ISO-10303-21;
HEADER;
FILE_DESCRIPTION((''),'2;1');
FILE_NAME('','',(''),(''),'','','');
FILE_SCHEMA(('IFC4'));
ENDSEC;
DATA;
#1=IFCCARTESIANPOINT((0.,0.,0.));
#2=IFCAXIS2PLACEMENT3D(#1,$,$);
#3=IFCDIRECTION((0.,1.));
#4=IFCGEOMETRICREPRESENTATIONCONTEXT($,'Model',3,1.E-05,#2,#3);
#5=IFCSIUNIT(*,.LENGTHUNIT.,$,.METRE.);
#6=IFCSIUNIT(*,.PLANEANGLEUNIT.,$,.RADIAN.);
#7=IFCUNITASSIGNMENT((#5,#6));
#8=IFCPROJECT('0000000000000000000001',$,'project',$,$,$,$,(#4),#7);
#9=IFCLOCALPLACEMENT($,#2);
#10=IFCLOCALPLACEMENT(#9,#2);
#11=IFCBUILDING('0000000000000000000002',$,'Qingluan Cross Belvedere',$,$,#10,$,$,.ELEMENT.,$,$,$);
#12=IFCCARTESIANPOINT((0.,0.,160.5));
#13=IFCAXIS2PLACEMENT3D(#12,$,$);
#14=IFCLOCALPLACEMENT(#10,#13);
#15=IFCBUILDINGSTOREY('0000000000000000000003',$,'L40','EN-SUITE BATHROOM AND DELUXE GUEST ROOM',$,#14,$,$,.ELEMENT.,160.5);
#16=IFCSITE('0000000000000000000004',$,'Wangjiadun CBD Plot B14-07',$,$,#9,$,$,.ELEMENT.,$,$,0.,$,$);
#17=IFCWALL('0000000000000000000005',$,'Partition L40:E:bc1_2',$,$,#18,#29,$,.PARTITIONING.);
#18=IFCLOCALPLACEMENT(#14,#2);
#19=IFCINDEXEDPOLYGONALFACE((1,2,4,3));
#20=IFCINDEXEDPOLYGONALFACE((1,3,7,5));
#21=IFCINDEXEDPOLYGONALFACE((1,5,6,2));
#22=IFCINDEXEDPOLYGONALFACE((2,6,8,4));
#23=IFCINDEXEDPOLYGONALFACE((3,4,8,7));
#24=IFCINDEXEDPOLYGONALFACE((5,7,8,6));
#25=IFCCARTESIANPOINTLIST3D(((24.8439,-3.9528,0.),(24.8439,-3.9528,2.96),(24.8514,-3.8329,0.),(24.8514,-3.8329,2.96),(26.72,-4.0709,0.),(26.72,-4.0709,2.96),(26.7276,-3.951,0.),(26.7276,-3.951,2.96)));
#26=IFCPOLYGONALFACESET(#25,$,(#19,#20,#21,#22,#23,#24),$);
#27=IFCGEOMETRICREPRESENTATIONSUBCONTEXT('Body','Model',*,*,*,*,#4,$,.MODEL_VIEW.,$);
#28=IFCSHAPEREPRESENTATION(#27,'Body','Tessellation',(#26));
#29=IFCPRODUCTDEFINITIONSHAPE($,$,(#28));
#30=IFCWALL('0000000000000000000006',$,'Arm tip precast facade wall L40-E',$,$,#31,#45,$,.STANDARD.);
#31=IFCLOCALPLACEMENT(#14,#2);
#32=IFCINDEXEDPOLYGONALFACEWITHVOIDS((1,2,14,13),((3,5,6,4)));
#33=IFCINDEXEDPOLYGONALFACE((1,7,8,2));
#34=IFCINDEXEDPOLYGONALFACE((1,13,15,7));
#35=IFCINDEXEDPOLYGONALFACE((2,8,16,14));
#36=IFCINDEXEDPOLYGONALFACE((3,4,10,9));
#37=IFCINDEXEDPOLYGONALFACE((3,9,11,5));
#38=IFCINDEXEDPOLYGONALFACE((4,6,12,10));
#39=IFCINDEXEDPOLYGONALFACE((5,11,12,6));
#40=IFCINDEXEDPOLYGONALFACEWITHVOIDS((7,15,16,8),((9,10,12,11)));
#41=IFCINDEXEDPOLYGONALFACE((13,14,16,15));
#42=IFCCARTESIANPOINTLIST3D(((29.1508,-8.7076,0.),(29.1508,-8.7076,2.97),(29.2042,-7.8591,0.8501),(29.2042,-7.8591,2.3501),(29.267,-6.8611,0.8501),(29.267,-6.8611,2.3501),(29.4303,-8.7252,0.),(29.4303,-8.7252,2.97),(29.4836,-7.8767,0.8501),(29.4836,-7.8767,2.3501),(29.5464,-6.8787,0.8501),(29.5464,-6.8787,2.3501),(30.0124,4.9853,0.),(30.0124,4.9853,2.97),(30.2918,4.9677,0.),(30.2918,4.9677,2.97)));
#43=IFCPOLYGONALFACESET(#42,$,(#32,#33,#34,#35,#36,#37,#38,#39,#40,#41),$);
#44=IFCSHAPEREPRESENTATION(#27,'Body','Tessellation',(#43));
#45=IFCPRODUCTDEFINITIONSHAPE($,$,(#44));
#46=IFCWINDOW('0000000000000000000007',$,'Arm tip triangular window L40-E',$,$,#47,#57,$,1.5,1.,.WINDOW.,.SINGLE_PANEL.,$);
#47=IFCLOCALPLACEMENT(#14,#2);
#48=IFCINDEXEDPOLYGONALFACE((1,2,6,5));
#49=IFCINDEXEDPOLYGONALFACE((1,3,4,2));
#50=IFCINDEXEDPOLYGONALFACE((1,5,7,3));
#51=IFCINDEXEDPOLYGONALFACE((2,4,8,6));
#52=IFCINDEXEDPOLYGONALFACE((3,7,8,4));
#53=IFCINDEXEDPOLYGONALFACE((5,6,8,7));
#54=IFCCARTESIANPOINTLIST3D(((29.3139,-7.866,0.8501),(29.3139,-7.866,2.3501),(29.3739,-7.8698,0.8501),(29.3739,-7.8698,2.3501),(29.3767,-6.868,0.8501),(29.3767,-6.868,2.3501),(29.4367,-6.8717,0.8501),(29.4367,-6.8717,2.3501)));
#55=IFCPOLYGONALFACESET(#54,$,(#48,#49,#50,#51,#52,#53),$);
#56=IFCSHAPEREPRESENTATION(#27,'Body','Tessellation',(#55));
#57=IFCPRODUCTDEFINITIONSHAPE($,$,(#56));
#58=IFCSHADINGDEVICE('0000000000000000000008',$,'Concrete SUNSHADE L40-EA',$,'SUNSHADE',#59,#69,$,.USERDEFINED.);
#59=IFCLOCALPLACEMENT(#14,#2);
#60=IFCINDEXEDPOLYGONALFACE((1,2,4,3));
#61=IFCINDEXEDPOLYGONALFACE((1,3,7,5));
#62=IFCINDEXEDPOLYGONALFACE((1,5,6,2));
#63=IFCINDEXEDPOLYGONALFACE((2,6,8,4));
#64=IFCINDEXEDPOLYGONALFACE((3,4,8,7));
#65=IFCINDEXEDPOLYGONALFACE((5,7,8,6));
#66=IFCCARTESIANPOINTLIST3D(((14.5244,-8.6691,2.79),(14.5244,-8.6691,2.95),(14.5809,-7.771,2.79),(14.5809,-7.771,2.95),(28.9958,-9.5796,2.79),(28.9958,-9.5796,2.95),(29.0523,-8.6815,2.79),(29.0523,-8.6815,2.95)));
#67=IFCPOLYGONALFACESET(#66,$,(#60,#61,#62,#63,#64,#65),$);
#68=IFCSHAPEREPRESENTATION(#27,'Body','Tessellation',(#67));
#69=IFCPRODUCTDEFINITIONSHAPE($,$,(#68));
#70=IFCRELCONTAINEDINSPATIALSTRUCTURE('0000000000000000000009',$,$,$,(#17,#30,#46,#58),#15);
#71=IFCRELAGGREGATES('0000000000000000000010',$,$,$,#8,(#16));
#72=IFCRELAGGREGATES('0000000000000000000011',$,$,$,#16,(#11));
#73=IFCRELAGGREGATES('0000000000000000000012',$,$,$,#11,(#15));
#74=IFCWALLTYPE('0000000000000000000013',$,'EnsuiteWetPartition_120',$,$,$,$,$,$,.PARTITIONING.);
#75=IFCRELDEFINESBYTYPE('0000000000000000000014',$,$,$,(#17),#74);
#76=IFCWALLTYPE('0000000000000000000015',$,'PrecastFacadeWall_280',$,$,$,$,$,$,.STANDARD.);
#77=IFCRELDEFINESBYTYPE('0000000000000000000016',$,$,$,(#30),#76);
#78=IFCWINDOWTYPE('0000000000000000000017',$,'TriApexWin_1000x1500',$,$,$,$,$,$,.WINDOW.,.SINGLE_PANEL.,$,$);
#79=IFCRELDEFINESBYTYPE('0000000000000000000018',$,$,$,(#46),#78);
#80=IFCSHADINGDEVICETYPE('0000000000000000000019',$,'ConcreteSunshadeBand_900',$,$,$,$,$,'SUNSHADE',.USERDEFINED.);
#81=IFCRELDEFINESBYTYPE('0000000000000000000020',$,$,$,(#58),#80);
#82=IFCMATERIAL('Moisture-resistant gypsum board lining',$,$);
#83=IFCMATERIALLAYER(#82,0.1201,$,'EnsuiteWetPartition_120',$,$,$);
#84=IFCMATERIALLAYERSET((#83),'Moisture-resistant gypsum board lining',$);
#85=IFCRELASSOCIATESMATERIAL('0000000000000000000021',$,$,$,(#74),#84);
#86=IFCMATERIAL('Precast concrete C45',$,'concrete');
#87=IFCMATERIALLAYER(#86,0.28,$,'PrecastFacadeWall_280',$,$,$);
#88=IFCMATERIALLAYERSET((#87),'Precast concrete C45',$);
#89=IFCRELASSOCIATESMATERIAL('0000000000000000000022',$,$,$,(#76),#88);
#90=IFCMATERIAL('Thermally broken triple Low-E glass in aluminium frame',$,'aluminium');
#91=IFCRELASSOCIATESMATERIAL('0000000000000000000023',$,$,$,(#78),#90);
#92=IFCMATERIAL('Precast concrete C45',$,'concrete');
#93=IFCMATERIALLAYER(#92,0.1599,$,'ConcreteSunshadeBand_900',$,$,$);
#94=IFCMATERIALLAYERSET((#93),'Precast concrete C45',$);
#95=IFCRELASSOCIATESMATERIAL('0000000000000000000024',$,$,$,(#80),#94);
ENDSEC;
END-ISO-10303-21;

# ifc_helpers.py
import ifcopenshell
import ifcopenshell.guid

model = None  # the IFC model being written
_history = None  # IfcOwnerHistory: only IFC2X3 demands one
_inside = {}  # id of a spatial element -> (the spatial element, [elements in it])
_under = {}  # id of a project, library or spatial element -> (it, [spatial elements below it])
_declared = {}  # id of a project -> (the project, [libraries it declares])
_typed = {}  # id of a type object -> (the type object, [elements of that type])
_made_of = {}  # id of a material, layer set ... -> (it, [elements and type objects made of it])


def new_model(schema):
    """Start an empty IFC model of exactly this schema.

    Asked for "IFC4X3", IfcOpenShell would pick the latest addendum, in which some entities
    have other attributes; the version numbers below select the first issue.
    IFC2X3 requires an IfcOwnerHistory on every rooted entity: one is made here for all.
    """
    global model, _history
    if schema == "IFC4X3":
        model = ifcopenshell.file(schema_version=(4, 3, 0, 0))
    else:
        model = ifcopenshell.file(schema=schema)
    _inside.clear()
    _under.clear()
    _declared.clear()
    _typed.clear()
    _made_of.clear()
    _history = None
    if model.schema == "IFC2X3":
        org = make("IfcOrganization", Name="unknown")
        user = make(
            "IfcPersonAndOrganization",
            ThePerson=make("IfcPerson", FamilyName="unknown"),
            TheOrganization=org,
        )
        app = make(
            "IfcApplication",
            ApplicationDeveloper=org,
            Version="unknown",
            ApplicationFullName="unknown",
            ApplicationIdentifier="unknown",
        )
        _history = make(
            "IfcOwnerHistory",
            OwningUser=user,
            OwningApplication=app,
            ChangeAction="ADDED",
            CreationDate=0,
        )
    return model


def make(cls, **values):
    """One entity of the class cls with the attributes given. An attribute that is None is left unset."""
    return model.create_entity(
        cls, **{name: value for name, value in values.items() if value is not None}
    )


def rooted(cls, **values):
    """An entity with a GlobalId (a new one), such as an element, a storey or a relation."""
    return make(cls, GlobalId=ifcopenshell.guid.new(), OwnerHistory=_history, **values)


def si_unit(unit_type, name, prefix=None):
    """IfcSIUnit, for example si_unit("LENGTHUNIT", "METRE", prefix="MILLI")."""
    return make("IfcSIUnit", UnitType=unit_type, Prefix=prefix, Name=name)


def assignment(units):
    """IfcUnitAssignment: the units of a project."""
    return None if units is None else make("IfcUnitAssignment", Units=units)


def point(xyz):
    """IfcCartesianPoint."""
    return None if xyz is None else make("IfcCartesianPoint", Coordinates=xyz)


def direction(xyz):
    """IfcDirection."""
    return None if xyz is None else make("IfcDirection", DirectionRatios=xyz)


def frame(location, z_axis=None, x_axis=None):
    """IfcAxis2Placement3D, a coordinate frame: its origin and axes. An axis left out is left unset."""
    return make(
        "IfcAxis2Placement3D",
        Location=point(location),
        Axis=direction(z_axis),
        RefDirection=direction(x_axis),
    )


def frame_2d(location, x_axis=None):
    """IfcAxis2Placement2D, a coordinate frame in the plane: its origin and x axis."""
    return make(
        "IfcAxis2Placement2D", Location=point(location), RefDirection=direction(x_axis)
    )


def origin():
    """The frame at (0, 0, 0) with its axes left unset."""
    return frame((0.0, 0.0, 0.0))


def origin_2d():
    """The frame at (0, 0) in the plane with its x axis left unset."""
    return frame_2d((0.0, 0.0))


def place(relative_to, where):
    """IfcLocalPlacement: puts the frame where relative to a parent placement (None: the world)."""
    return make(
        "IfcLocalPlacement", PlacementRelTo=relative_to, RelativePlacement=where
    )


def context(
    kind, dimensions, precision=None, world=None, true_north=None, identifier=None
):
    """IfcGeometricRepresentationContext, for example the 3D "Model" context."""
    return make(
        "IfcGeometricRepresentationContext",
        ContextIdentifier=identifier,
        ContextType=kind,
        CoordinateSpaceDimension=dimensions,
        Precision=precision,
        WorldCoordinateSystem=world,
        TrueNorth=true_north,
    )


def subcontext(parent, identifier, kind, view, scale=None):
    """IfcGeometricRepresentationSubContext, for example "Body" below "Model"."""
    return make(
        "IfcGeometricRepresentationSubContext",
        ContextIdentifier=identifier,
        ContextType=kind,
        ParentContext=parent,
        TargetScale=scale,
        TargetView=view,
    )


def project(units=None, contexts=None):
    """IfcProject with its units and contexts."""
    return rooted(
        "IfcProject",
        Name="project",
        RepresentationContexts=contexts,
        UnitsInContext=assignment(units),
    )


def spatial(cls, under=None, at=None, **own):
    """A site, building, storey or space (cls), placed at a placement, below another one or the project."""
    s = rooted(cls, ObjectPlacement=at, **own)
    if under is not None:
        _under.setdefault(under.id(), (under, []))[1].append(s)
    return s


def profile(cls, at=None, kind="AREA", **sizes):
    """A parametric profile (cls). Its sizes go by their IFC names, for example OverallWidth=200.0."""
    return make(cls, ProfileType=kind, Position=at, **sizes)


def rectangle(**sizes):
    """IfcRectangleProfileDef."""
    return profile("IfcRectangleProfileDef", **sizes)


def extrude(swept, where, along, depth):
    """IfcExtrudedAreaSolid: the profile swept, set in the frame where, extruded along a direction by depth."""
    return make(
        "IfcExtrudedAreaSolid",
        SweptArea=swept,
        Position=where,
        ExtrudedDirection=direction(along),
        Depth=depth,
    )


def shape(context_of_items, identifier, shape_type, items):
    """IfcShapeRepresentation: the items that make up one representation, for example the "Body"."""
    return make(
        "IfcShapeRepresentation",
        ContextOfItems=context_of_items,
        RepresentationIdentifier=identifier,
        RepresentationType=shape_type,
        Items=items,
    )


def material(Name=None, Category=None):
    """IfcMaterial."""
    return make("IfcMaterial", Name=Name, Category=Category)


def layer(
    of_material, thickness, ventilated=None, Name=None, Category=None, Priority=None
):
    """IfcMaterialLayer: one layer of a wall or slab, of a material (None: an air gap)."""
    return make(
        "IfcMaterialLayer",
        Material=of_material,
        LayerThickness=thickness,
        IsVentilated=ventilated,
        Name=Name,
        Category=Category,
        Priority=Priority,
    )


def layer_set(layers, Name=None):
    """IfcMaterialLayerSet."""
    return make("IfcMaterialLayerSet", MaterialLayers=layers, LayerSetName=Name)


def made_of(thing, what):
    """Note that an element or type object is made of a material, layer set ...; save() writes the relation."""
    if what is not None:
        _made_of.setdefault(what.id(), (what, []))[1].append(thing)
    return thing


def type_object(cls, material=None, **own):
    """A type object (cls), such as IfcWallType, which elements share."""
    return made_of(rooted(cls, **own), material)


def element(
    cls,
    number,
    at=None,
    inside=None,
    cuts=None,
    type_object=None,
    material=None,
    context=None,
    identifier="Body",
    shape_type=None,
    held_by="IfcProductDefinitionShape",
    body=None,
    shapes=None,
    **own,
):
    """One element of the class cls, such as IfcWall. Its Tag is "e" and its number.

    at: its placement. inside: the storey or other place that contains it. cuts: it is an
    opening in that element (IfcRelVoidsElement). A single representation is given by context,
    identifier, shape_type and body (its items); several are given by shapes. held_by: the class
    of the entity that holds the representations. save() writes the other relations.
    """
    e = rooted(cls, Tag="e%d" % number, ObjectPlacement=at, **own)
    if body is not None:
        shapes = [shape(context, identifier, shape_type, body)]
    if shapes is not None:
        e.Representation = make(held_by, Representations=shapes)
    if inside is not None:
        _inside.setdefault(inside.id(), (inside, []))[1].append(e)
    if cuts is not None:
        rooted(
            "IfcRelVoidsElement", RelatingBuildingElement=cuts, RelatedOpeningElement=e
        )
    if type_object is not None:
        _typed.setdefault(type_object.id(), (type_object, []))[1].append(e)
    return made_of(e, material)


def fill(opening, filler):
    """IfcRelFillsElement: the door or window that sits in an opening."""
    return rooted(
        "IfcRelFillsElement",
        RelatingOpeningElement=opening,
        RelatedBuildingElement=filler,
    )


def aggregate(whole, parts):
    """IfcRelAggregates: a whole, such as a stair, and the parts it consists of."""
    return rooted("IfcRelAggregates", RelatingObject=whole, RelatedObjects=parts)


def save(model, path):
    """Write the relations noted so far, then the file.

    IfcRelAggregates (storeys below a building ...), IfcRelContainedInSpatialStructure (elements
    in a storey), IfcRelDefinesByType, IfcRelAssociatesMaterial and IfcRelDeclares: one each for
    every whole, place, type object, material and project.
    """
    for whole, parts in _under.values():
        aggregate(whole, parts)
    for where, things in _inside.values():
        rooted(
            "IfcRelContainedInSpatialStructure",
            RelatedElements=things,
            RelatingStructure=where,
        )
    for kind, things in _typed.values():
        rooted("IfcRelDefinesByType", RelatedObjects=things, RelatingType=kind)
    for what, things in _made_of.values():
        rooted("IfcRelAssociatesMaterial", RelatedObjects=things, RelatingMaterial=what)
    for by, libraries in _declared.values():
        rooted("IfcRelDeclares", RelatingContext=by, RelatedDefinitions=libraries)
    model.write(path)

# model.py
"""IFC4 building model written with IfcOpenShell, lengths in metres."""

from ifc_helpers import new_model, si_unit, direction, frame, frame_2d, origin, origin_2d, place, context, subcontext, project, spatial, rectangle, extrude, material, layer, layer_set, type_object, element, fill, save


model = new_model("IFC4")

# Units and contexts
model_context = context("Model", 3, precision=1e-05, world=origin(), true_north=direction((0.0, 1.0)))
body_context = subcontext(model_context, "Body", "Model", "MODEL_VIEW")
ifc_project = project(units=[si_unit("LENGTHUNIT", "METRE"), si_unit("PLANEANGLEUNIT", "RADIAN")], contexts=[model_context])

# Site, building, storey
site_placement = place(None, origin())
site = spatial("IfcSite", under=ifc_project, at=site_placement, Name="Wangjiadun CBD Plot B14-07", CompositionType="ELEMENT", RefElevation=0.0)
building_placement = place(site_placement, origin())
building = spatial("IfcBuilding", under=site, at=building_placement, Name="Qingluan Cross Belvedere", CompositionType="ELEMENT")
storey_placement = place(building_placement, frame((0.0, 0.0, 160.5)))
storey = spatial("IfcBuildingStorey", under=building, at=storey_placement, Name="L40", Description="EN-SUITE BATHROOM AND DELUXE GUEST ROOM", CompositionType="ELEMENT", Elevation=160.5)

# Shared definitions
ifc_material_1 = material(Name="Moisture-resistant gypsum board lining")
ifc_layer_1 = layer(ifc_material_1, 0.1201, Name="EnsuiteWetPartition_120")
ifc_layer_set_1 = layer_set([ifc_layer_1], Name="Moisture-resistant gypsum board lining")
wall_type_1 = type_object("IfcWallType", Name="EnsuiteWetPartition_120", PredefinedType="PARTITIONING", material=ifc_layer_set_1)

# Wall
wall_1_placement = place(storey_placement, frame((24.8477, -3.8928, 0.0), z_axis=(0.0, 0.0, 1.0), x_axis=(0.998023, -0.062855, 0.0)))
element("IfcWall", 1, at=wall_1_placement, inside=storey, type_object=wall_type_1, Name="Partition L40:E:bc1_2", PredefinedType="PARTITIONING", context=body_context, shape_type="SweptSolid", body=[
    extrude(rectangle(XDim=1.8799, YDim=0.1201, at=frame_2d((0.9399, 0.0))), origin(), (0.0, 0.0, 1.0), 2.96),
])

# Wall, opening, window
ifc_material_2 = material(Name="Precast concrete C45", Category="concrete")
ifc_layer_2 = layer(ifc_material_2, 0.28, Name="PrecastFacadeWall_280")
ifc_layer_set_2 = layer_set([ifc_layer_2], Name="Precast concrete C45")
wall_type_2 = type_object("IfcWallType", Name="PrecastFacadeWall_280", PredefinedType="STANDARD", material=ifc_layer_set_2)
wall_2_placement = place(storey_placement, frame((29.2905, -8.7163, 0.0), z_axis=(0.0, 0.0, 1.0), x_axis=(0.062797, 0.998026, 0.0)))
wall_2 = element("IfcWall", 2, at=wall_2_placement, inside=storey, type_object=wall_type_2, Name="Arm tip precast facade wall L40-E", PredefinedType="STANDARD", context=body_context, shape_type="SweptSolid", body=[
    extrude(rectangle(XDim=13.72, YDim=0.28, at=frame_2d((6.8599, 0.0))), origin(), (0.0, 0.0, 1.0), 2.97),
])
opening_1_placement = place(wall_2_placement, frame((0.8501, 0.0, 0.8501)))
opening_1 = element("IfcOpeningElement", 3, at=opening_1_placement, cuts=wall_2, PredefinedType="OPENING", context=body_context, shape_type="SweptSolid", body=[
    extrude(rectangle(XDim=1.0, YDim=1.5, at=frame_2d((0.5, 0.75))), frame((0.0, 0.1499, 0.0), z_axis=(0.0, -1.0, 0.0), x_axis=(1.0, 0.0, 0.0)), (0.0, 0.0, 1.0), 0.3),
])
ifc_material_3 = material(Name="Thermally broken triple Low-E glass in aluminium frame", Category="aluminium")
window_type = type_object("IfcWindowType", Name="TriApexWin_1000x1500", PartitioningType="SINGLE_PANEL", PredefinedType="WINDOW", material=ifc_material_3)
window_placement = place(opening_1_placement, origin())
window = element("IfcWindow", 4, at=window_placement, inside=storey, type_object=window_type, Name="Arm tip triangular window L40-E", OverallHeight=1.5, OverallWidth=1.0, PartitioningType="SINGLE_PANEL", PredefinedType="WINDOW", context=body_context, shape_type="SweptSolid", body=[
    extrude(rectangle(XDim=1.0, YDim=1.5, at=frame_2d((0.5, 0.75))), frame((0.0, 0.03, 0.0), z_axis=(0.0, -1.0, 0.0), x_axis=(1.0, 0.0, 0.0)), (0.0, 0.0, 1.0), 0.0601),
])
fill(opening_1, window)

# Shading device
ifc_material_4 = material(Name="Precast concrete C45", Category="concrete")
ifc_layer_3 = layer(ifc_material_4, 0.1599, Name="ConcreteSunshadeBand_900")
ifc_layer_set_3 = layer_set([ifc_layer_3], Name="Precast concrete C45")
shading_device_type = type_object("IfcShadingDeviceType", Name="ConcreteSunshadeBand_900", ElementType="SUNSHADE", PredefinedType="USERDEFINED", material=ifc_layer_set_3)
shading_device_placement = place(storey_placement, frame((21.7883, -8.6753, 2.79), z_axis=(0.0, 0.0, 1.0), x_axis=(0.998026, -0.062796, 0.0)))
element("IfcShadingDevice", 5, at=shading_device_placement, inside=storey, type_object=shading_device_type, Name="Concrete SUNSHADE L40-EA", ObjectType="SUNSHADE", PredefinedType="USERDEFINED", context=body_context, shape_type="SweptSolid", body=[
    extrude(rectangle(XDim=14.5, YDim=0.8999, at=origin_2d()), origin(), (0.0, 0.0, 1.0), 0.1599),
])

save(model, "model.ifc")
